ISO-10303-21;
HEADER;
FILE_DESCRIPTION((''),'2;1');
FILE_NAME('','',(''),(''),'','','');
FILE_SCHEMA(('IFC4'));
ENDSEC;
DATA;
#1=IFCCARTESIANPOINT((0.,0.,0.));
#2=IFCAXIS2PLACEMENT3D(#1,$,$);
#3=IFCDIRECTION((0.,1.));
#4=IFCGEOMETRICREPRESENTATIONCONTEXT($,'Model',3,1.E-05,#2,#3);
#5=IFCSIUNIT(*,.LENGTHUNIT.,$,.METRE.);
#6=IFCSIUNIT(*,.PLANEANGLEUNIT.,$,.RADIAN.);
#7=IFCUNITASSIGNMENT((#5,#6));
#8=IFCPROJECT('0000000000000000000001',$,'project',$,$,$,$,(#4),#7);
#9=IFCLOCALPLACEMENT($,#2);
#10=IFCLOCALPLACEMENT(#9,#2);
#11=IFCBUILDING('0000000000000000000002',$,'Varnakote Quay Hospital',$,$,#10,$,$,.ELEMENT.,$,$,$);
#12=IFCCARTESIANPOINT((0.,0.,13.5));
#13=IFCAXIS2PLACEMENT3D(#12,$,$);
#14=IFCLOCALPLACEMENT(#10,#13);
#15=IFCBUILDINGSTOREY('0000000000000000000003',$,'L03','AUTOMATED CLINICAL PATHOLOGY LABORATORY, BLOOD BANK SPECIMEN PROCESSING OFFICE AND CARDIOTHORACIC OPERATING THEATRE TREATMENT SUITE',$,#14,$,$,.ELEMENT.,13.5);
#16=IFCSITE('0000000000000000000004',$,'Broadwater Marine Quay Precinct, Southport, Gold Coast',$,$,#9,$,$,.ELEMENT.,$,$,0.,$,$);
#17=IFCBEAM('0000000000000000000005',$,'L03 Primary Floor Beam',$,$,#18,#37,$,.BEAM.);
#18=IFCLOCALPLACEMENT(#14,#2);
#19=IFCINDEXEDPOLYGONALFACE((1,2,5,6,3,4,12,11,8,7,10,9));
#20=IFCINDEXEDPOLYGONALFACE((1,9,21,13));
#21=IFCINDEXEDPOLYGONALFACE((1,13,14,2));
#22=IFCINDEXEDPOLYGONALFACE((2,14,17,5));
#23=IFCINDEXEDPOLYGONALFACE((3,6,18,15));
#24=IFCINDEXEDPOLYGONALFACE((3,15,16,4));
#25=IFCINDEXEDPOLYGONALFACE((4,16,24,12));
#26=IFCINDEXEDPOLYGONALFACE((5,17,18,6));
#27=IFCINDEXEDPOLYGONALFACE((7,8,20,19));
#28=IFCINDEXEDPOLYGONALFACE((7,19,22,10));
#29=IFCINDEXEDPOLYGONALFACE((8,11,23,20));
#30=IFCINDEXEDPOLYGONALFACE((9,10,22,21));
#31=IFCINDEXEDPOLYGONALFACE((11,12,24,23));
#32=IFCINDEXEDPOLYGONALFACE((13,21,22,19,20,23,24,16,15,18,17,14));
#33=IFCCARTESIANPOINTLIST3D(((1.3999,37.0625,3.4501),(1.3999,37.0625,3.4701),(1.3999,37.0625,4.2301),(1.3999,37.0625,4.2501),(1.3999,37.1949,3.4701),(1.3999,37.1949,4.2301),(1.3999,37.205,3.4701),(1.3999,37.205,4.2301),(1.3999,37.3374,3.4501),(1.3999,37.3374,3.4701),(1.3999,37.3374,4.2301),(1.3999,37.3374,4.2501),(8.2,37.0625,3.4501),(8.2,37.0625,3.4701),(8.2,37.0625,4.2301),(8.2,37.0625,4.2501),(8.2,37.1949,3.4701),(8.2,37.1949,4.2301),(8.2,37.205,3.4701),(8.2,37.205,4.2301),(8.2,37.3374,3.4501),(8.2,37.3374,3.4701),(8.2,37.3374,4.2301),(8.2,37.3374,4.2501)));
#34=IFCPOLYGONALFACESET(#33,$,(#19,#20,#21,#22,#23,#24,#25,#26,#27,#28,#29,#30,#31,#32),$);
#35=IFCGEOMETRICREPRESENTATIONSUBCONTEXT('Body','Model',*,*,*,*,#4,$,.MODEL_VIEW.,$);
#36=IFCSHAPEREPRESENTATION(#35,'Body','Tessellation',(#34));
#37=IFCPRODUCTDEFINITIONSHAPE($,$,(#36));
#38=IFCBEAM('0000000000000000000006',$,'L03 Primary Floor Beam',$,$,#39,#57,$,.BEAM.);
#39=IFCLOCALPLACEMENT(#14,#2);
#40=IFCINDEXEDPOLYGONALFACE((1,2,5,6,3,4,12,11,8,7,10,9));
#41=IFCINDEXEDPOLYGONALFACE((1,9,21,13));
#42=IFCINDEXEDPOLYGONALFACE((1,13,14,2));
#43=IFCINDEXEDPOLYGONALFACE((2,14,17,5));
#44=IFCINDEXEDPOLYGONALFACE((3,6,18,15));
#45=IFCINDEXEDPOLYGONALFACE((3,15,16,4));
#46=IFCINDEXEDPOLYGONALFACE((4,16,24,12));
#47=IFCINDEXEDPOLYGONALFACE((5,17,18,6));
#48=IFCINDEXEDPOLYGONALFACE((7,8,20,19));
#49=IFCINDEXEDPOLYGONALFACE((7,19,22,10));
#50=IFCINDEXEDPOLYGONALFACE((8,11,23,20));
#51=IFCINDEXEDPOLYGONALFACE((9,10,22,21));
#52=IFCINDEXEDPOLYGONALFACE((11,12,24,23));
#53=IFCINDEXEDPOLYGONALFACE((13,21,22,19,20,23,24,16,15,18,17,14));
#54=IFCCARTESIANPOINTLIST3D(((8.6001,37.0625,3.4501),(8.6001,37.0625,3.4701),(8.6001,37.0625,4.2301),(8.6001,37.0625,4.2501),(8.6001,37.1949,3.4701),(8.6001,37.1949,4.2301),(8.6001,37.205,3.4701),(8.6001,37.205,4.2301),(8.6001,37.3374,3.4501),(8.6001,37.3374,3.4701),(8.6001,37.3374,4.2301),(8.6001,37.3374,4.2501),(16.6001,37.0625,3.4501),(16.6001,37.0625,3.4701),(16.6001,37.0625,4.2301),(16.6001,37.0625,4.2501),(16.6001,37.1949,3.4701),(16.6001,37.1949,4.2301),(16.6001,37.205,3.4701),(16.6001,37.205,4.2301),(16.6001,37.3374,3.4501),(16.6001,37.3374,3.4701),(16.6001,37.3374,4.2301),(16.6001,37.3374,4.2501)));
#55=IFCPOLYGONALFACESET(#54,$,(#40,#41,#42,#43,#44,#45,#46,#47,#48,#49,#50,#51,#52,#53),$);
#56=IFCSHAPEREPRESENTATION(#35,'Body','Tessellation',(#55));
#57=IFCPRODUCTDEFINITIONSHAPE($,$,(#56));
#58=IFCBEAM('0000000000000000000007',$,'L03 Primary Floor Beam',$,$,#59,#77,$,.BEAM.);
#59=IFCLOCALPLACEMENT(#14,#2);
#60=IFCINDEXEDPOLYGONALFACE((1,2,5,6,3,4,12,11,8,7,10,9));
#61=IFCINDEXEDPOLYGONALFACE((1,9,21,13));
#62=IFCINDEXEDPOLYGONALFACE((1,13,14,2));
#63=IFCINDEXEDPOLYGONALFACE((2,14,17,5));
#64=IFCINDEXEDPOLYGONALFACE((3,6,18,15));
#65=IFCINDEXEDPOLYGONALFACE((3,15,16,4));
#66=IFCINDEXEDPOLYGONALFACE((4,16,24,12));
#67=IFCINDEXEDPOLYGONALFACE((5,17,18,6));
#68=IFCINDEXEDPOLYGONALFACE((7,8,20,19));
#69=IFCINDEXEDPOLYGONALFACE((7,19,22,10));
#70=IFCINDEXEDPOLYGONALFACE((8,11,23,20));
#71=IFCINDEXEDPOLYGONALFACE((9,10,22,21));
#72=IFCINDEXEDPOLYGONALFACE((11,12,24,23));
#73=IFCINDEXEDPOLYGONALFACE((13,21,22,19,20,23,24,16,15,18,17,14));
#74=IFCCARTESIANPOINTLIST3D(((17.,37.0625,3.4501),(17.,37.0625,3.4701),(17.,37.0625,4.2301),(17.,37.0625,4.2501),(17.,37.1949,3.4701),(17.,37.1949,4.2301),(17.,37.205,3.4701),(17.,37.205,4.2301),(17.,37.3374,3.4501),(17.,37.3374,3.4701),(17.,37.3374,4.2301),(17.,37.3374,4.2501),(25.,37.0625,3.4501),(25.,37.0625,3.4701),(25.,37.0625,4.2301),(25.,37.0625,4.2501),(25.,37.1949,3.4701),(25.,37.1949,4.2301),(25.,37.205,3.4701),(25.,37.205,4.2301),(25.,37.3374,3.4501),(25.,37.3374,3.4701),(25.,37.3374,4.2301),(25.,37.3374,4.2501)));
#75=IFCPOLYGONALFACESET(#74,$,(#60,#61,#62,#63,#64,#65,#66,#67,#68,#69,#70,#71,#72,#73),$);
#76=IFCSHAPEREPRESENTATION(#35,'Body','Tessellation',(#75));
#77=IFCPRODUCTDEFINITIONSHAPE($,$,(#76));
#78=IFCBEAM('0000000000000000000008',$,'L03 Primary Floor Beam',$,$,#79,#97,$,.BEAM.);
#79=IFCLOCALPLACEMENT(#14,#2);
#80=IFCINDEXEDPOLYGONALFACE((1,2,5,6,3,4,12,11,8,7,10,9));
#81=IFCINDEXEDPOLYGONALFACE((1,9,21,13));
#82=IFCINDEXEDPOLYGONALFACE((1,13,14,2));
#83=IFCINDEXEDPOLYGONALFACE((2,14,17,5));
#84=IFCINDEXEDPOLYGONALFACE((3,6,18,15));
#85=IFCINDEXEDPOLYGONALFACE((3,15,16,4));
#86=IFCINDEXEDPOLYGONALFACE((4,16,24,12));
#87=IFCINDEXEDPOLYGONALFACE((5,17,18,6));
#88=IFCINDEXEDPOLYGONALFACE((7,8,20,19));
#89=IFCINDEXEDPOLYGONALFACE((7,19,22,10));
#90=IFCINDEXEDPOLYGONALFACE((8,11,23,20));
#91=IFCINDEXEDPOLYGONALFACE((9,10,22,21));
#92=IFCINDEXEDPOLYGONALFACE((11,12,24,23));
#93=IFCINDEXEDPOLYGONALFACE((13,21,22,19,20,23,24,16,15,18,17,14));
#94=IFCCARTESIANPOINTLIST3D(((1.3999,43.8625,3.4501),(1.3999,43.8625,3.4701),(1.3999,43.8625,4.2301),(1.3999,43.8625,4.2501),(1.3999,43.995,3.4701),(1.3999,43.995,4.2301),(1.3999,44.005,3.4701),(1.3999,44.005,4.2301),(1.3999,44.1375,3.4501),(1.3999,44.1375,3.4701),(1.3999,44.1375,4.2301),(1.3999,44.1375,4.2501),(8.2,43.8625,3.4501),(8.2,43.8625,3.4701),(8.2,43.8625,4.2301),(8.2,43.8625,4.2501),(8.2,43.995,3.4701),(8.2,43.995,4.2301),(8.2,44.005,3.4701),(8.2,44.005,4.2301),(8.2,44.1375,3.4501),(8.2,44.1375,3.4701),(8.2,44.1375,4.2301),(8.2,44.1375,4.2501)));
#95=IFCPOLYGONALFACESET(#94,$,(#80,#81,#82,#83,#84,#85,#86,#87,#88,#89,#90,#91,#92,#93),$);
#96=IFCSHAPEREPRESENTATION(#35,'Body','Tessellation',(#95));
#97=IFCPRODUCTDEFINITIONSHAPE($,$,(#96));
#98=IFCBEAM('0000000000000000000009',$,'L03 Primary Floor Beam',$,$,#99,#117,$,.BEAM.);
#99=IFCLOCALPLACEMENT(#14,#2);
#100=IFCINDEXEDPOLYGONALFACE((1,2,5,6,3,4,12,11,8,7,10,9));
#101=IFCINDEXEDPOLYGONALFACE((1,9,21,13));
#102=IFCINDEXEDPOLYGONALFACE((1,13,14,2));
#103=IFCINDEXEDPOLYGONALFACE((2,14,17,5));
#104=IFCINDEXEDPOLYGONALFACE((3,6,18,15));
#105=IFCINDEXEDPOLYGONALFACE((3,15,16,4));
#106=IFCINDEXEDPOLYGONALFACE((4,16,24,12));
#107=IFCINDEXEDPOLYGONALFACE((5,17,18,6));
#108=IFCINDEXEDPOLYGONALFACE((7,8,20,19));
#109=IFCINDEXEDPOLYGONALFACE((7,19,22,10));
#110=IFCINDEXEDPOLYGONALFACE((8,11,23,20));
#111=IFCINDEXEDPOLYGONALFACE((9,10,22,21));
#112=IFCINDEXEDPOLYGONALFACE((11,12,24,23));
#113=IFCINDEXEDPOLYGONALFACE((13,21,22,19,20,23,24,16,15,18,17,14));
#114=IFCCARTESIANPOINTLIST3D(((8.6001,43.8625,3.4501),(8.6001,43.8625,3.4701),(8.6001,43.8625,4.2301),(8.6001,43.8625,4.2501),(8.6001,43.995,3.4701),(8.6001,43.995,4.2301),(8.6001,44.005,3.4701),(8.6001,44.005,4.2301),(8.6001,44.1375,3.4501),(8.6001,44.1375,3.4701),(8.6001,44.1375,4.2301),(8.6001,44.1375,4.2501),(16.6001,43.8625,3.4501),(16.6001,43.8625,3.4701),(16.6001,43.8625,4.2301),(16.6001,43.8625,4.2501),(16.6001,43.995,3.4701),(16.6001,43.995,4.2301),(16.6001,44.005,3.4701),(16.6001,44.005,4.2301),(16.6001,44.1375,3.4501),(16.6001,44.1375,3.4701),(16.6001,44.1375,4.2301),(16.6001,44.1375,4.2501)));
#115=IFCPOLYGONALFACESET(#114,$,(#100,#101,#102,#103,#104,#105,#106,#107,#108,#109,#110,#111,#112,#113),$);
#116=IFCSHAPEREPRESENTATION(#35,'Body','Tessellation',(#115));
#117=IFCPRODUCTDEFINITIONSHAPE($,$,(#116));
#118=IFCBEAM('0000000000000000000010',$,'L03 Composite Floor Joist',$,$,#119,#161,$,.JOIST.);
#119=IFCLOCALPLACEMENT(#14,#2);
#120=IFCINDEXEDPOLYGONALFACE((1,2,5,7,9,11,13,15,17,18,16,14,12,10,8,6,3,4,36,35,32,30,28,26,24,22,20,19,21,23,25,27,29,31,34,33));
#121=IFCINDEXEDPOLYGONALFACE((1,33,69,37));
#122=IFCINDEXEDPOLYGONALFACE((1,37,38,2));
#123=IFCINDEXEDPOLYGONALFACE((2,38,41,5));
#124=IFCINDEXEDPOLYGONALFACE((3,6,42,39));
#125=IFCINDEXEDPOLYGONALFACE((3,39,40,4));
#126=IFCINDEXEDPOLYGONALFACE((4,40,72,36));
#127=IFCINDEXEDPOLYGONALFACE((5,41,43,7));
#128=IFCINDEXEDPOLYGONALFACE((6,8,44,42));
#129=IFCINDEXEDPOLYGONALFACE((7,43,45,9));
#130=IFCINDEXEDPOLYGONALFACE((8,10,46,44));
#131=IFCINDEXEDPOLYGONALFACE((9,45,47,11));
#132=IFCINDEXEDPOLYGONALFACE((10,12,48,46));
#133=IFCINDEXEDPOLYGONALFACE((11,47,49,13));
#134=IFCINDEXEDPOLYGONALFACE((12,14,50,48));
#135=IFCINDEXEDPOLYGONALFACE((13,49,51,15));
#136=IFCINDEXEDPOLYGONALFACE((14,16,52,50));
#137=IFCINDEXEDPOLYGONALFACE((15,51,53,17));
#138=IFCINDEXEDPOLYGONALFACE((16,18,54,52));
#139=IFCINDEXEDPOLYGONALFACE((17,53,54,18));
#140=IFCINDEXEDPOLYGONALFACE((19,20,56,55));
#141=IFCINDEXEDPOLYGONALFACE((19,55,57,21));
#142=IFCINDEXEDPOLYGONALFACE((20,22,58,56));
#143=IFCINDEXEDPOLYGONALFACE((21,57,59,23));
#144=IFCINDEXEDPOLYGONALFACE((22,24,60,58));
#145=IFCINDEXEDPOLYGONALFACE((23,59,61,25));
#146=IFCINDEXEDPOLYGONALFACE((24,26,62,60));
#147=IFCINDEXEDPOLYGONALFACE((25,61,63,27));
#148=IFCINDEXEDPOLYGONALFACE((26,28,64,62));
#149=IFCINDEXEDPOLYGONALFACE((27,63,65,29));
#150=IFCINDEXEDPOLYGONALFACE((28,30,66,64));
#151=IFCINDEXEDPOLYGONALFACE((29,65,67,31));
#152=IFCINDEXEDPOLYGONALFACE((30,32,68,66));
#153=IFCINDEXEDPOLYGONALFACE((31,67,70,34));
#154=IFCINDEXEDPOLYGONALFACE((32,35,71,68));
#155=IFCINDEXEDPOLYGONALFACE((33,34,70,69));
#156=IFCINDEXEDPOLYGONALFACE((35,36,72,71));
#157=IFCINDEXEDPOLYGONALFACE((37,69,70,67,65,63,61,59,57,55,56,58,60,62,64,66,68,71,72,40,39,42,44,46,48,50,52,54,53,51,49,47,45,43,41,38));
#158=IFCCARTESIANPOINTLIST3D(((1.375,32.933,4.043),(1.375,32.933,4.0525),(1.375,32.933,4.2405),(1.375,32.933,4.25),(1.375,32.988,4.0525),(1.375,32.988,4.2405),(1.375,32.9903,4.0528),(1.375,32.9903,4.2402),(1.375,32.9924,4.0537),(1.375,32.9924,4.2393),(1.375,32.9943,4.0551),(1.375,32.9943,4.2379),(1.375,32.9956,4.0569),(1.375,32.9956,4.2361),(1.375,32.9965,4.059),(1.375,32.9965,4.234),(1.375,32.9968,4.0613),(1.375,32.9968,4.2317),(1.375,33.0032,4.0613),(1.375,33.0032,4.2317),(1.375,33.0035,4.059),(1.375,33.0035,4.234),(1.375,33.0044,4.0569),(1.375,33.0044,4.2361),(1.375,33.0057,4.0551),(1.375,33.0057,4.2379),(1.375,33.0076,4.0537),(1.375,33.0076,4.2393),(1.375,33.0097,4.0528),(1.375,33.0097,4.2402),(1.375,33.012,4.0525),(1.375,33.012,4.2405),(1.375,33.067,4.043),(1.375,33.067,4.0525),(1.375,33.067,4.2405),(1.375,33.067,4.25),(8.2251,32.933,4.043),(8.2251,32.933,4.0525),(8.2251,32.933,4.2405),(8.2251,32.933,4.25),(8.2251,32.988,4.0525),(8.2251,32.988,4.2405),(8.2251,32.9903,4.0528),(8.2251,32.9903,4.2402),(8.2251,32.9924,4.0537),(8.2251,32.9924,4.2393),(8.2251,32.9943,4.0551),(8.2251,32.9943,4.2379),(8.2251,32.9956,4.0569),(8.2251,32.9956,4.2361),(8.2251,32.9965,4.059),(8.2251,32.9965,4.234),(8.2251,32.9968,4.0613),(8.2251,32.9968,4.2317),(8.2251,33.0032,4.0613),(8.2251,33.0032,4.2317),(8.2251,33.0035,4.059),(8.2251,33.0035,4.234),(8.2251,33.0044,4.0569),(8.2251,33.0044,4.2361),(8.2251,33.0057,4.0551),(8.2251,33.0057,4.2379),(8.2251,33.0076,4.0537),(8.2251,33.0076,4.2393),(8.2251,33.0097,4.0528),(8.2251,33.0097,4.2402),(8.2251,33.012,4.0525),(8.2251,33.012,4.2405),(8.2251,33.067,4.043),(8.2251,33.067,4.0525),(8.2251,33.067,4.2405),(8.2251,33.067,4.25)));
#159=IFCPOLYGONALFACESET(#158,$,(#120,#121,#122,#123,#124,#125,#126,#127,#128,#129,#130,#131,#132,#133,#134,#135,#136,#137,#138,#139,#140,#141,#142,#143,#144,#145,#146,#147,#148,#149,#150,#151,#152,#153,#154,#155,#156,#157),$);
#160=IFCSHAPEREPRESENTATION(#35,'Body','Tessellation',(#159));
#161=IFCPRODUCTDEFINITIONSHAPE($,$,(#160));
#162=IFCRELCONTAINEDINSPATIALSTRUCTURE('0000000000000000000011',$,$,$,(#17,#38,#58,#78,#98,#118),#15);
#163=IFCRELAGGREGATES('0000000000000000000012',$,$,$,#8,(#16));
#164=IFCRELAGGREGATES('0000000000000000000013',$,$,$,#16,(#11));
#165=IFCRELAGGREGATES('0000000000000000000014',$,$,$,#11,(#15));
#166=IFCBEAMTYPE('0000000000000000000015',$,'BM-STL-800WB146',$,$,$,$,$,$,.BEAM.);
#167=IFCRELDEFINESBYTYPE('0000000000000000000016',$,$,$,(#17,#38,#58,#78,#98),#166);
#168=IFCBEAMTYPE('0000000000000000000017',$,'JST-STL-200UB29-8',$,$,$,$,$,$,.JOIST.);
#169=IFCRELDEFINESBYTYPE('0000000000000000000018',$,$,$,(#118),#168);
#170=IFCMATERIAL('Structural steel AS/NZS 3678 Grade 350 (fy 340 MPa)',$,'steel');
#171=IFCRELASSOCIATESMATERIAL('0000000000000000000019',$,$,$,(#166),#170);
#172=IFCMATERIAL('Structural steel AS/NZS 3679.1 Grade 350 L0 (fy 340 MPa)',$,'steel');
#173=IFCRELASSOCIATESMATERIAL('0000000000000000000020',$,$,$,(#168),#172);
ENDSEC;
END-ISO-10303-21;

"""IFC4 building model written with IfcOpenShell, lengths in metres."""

from ifc_helpers import new_model, si_unit, direction, frame, origin, origin_2d, place, context, subcontext, project, spatial, i_section, extrude, material, material_profile, profile_set, type_object, element, save


model = new_model("IFC4")

# Units and contexts
model_context = context("Model", 3, precision=1e-05, world=origin(), true_north=direction((0.0, 1.0)))
body_context = subcontext(model_context, "Body", "Model", "MODEL_VIEW")
ifc_project = project(units=[si_unit("LENGTHUNIT", "METRE"), si_unit("PLANEANGLEUNIT", "RADIAN")], contexts=[model_context])

# Site, building, storey
site_placement = place(None, origin())
site = spatial("IfcSite", under=ifc_project, at=site_placement, Name="Broadwater Marine Quay Precinct, Southport, Gold Coast", CompositionType="ELEMENT", RefElevation=0.0)
building_placement = place(site_placement, origin())
building = spatial("IfcBuilding", under=site, at=building_placement, Name="Varnakote Quay Hospital", CompositionType="ELEMENT")
storey_placement = place(building_placement, frame((0.0, 0.0, 13.5)))
storey = spatial("IfcBuildingStorey", under=building, at=storey_placement, Name="L03", Description="AUTOMATED CLINICAL PATHOLOGY LABORATORY, BLOOD BANK SPECIMEN PROCESSING OFFICE AND CARDIOTHORACIC OPERATING THEATRE TREATMENT SUITE", CompositionType="ELEMENT", Elevation=13.5)

# Beams
ifc_material_1 = material(Name="Structural steel AS/NZS 3678 Grade 350 (fy 340 MPa)", Category="steel")
ifc_material_profile_1 = material_profile(ifc_material_1, i_section(OverallWidth=0.2749, OverallDepth=0.8, WebThickness=0.01, FlangeThickness=0.02, at=origin_2d()), Name="800WB146")
ifc_profile_set_1 = profile_set([ifc_material_profile_1], Name="Structural steel AS/NZS 3678 Grade 350 (fy 340 MPa)")
beam_type_1 = type_object("IfcBeamType", Name="BM-STL-800WB146", PredefinedType="BEAM", material=ifc_profile_set_1)
beam_1_placement = place(storey_placement, frame((1.3999, 37.2, 3.8501), z_axis=(1.0, 0.0, 0.0), x_axis=(0.0, 1.0, 0.0)))
element("IfcBeam", 1, at=beam_1_placement, inside=storey, type_object=beam_type_1, Name="L03 Primary Floor Beam", PredefinedType="BEAM", context=body_context, shape_type="SweptSolid", body=[
    extrude(i_section(OverallWidth=0.2749, OverallDepth=0.8, WebThickness=0.01, FlangeThickness=0.02, at=origin_2d()), origin(), (0.0, 0.0, 1.0), 6.8),
])
for number, where, z_axis, x_axis, name in (
    (2, (8.6001, 37.2, 3.8501), (1.0, 0.0, 0.0), (0.0, 1.0, 0.0), "L03 Primary Floor Beam"),
    (3, (17.0, 37.2, 3.8501), (1.0, 0.0, 0.0), (0.0, 1.0, 0.0), "L03 Primary Floor Beam"),
):
    element("IfcBeam", number, at=place(storey_placement, frame(where, z_axis=z_axis, x_axis=x_axis)), inside=storey, type_object=beam_type_1, Name=name, PredefinedType="BEAM", context=body_context, shape_type="SweptSolid", body=[
        extrude(i_section(OverallWidth=0.2749, OverallDepth=0.8, WebThickness=0.01, FlangeThickness=0.02, at=origin_2d()), origin(), (0.0, 0.0, 1.0), 8.0),
    ])
beam_2_placement = place(storey_placement, frame((1.3999, 44.0, 3.8501), z_axis=(1.0, 0.0, 0.0), x_axis=(0.0, 1.0, 0.0)))
element("IfcBeam", 4, at=beam_2_placement, inside=storey, type_object=beam_type_1, Name="L03 Primary Floor Beam", PredefinedType="BEAM", context=body_context, shape_type="SweptSolid", body=[
    extrude(i_section(OverallWidth=0.2749, OverallDepth=0.8, WebThickness=0.01, FlangeThickness=0.02, at=origin_2d()), origin(), (0.0, 0.0, 1.0), 6.8),
])
beam_3_placement = place(storey_placement, frame((8.6001, 44.0, 3.8501), z_axis=(1.0, 0.0, 0.0), x_axis=(0.0, 1.0, 0.0)))
element("IfcBeam", 5, at=beam_3_placement, inside=storey, type_object=beam_type_1, Name="L03 Primary Floor Beam", PredefinedType="BEAM", context=body_context, shape_type="SweptSolid", body=[
    extrude(i_section(OverallWidth=0.2749, OverallDepth=0.8, WebThickness=0.01, FlangeThickness=0.02, at=origin_2d()), origin(), (0.0, 0.0, 1.0), 8.0),
])
ifc_material_2 = material(Name="Structural steel AS/NZS 3679.1 Grade 350 L0 (fy 340 MPa)", Category="steel")
ifc_material_profile_2 = material_profile(ifc_material_2, i_section(OverallWidth=0.134, OverallDepth=0.207, WebThickness=0.0063, FlangeThickness=0.0095, FilletRadius=0.0088, at=origin_2d()), Name="200UB29.8")
ifc_profile_set_2 = profile_set([ifc_material_profile_2], Name="Structural steel AS/NZS 3679.1 Grade 350 L0 (fy 340 MPa)")
beam_type_2 = type_object("IfcBeamType", Name="JST-STL-200UB29-8", PredefinedType="JOIST", material=ifc_profile_set_2)
beam_4_placement = place(storey_placement, frame((1.375, 33.0, 4.1465), z_axis=(1.0, 0.0, 0.0), x_axis=(0.0, 1.0, 0.0)))
element("IfcBeam", 6, at=beam_4_placement, inside=storey, type_object=beam_type_2, Name="L03 Composite Floor Joist", PredefinedType="JOIST", context=body_context, shape_type="SweptSolid", body=[
    extrude(i_section(OverallWidth=0.134, OverallDepth=0.207, WebThickness=0.0063, FlangeThickness=0.0095, FilletRadius=0.0088, at=origin_2d()), origin(), (0.0, 0.0, 1.0), 6.8501),
])

save(model, "model.ifc")
